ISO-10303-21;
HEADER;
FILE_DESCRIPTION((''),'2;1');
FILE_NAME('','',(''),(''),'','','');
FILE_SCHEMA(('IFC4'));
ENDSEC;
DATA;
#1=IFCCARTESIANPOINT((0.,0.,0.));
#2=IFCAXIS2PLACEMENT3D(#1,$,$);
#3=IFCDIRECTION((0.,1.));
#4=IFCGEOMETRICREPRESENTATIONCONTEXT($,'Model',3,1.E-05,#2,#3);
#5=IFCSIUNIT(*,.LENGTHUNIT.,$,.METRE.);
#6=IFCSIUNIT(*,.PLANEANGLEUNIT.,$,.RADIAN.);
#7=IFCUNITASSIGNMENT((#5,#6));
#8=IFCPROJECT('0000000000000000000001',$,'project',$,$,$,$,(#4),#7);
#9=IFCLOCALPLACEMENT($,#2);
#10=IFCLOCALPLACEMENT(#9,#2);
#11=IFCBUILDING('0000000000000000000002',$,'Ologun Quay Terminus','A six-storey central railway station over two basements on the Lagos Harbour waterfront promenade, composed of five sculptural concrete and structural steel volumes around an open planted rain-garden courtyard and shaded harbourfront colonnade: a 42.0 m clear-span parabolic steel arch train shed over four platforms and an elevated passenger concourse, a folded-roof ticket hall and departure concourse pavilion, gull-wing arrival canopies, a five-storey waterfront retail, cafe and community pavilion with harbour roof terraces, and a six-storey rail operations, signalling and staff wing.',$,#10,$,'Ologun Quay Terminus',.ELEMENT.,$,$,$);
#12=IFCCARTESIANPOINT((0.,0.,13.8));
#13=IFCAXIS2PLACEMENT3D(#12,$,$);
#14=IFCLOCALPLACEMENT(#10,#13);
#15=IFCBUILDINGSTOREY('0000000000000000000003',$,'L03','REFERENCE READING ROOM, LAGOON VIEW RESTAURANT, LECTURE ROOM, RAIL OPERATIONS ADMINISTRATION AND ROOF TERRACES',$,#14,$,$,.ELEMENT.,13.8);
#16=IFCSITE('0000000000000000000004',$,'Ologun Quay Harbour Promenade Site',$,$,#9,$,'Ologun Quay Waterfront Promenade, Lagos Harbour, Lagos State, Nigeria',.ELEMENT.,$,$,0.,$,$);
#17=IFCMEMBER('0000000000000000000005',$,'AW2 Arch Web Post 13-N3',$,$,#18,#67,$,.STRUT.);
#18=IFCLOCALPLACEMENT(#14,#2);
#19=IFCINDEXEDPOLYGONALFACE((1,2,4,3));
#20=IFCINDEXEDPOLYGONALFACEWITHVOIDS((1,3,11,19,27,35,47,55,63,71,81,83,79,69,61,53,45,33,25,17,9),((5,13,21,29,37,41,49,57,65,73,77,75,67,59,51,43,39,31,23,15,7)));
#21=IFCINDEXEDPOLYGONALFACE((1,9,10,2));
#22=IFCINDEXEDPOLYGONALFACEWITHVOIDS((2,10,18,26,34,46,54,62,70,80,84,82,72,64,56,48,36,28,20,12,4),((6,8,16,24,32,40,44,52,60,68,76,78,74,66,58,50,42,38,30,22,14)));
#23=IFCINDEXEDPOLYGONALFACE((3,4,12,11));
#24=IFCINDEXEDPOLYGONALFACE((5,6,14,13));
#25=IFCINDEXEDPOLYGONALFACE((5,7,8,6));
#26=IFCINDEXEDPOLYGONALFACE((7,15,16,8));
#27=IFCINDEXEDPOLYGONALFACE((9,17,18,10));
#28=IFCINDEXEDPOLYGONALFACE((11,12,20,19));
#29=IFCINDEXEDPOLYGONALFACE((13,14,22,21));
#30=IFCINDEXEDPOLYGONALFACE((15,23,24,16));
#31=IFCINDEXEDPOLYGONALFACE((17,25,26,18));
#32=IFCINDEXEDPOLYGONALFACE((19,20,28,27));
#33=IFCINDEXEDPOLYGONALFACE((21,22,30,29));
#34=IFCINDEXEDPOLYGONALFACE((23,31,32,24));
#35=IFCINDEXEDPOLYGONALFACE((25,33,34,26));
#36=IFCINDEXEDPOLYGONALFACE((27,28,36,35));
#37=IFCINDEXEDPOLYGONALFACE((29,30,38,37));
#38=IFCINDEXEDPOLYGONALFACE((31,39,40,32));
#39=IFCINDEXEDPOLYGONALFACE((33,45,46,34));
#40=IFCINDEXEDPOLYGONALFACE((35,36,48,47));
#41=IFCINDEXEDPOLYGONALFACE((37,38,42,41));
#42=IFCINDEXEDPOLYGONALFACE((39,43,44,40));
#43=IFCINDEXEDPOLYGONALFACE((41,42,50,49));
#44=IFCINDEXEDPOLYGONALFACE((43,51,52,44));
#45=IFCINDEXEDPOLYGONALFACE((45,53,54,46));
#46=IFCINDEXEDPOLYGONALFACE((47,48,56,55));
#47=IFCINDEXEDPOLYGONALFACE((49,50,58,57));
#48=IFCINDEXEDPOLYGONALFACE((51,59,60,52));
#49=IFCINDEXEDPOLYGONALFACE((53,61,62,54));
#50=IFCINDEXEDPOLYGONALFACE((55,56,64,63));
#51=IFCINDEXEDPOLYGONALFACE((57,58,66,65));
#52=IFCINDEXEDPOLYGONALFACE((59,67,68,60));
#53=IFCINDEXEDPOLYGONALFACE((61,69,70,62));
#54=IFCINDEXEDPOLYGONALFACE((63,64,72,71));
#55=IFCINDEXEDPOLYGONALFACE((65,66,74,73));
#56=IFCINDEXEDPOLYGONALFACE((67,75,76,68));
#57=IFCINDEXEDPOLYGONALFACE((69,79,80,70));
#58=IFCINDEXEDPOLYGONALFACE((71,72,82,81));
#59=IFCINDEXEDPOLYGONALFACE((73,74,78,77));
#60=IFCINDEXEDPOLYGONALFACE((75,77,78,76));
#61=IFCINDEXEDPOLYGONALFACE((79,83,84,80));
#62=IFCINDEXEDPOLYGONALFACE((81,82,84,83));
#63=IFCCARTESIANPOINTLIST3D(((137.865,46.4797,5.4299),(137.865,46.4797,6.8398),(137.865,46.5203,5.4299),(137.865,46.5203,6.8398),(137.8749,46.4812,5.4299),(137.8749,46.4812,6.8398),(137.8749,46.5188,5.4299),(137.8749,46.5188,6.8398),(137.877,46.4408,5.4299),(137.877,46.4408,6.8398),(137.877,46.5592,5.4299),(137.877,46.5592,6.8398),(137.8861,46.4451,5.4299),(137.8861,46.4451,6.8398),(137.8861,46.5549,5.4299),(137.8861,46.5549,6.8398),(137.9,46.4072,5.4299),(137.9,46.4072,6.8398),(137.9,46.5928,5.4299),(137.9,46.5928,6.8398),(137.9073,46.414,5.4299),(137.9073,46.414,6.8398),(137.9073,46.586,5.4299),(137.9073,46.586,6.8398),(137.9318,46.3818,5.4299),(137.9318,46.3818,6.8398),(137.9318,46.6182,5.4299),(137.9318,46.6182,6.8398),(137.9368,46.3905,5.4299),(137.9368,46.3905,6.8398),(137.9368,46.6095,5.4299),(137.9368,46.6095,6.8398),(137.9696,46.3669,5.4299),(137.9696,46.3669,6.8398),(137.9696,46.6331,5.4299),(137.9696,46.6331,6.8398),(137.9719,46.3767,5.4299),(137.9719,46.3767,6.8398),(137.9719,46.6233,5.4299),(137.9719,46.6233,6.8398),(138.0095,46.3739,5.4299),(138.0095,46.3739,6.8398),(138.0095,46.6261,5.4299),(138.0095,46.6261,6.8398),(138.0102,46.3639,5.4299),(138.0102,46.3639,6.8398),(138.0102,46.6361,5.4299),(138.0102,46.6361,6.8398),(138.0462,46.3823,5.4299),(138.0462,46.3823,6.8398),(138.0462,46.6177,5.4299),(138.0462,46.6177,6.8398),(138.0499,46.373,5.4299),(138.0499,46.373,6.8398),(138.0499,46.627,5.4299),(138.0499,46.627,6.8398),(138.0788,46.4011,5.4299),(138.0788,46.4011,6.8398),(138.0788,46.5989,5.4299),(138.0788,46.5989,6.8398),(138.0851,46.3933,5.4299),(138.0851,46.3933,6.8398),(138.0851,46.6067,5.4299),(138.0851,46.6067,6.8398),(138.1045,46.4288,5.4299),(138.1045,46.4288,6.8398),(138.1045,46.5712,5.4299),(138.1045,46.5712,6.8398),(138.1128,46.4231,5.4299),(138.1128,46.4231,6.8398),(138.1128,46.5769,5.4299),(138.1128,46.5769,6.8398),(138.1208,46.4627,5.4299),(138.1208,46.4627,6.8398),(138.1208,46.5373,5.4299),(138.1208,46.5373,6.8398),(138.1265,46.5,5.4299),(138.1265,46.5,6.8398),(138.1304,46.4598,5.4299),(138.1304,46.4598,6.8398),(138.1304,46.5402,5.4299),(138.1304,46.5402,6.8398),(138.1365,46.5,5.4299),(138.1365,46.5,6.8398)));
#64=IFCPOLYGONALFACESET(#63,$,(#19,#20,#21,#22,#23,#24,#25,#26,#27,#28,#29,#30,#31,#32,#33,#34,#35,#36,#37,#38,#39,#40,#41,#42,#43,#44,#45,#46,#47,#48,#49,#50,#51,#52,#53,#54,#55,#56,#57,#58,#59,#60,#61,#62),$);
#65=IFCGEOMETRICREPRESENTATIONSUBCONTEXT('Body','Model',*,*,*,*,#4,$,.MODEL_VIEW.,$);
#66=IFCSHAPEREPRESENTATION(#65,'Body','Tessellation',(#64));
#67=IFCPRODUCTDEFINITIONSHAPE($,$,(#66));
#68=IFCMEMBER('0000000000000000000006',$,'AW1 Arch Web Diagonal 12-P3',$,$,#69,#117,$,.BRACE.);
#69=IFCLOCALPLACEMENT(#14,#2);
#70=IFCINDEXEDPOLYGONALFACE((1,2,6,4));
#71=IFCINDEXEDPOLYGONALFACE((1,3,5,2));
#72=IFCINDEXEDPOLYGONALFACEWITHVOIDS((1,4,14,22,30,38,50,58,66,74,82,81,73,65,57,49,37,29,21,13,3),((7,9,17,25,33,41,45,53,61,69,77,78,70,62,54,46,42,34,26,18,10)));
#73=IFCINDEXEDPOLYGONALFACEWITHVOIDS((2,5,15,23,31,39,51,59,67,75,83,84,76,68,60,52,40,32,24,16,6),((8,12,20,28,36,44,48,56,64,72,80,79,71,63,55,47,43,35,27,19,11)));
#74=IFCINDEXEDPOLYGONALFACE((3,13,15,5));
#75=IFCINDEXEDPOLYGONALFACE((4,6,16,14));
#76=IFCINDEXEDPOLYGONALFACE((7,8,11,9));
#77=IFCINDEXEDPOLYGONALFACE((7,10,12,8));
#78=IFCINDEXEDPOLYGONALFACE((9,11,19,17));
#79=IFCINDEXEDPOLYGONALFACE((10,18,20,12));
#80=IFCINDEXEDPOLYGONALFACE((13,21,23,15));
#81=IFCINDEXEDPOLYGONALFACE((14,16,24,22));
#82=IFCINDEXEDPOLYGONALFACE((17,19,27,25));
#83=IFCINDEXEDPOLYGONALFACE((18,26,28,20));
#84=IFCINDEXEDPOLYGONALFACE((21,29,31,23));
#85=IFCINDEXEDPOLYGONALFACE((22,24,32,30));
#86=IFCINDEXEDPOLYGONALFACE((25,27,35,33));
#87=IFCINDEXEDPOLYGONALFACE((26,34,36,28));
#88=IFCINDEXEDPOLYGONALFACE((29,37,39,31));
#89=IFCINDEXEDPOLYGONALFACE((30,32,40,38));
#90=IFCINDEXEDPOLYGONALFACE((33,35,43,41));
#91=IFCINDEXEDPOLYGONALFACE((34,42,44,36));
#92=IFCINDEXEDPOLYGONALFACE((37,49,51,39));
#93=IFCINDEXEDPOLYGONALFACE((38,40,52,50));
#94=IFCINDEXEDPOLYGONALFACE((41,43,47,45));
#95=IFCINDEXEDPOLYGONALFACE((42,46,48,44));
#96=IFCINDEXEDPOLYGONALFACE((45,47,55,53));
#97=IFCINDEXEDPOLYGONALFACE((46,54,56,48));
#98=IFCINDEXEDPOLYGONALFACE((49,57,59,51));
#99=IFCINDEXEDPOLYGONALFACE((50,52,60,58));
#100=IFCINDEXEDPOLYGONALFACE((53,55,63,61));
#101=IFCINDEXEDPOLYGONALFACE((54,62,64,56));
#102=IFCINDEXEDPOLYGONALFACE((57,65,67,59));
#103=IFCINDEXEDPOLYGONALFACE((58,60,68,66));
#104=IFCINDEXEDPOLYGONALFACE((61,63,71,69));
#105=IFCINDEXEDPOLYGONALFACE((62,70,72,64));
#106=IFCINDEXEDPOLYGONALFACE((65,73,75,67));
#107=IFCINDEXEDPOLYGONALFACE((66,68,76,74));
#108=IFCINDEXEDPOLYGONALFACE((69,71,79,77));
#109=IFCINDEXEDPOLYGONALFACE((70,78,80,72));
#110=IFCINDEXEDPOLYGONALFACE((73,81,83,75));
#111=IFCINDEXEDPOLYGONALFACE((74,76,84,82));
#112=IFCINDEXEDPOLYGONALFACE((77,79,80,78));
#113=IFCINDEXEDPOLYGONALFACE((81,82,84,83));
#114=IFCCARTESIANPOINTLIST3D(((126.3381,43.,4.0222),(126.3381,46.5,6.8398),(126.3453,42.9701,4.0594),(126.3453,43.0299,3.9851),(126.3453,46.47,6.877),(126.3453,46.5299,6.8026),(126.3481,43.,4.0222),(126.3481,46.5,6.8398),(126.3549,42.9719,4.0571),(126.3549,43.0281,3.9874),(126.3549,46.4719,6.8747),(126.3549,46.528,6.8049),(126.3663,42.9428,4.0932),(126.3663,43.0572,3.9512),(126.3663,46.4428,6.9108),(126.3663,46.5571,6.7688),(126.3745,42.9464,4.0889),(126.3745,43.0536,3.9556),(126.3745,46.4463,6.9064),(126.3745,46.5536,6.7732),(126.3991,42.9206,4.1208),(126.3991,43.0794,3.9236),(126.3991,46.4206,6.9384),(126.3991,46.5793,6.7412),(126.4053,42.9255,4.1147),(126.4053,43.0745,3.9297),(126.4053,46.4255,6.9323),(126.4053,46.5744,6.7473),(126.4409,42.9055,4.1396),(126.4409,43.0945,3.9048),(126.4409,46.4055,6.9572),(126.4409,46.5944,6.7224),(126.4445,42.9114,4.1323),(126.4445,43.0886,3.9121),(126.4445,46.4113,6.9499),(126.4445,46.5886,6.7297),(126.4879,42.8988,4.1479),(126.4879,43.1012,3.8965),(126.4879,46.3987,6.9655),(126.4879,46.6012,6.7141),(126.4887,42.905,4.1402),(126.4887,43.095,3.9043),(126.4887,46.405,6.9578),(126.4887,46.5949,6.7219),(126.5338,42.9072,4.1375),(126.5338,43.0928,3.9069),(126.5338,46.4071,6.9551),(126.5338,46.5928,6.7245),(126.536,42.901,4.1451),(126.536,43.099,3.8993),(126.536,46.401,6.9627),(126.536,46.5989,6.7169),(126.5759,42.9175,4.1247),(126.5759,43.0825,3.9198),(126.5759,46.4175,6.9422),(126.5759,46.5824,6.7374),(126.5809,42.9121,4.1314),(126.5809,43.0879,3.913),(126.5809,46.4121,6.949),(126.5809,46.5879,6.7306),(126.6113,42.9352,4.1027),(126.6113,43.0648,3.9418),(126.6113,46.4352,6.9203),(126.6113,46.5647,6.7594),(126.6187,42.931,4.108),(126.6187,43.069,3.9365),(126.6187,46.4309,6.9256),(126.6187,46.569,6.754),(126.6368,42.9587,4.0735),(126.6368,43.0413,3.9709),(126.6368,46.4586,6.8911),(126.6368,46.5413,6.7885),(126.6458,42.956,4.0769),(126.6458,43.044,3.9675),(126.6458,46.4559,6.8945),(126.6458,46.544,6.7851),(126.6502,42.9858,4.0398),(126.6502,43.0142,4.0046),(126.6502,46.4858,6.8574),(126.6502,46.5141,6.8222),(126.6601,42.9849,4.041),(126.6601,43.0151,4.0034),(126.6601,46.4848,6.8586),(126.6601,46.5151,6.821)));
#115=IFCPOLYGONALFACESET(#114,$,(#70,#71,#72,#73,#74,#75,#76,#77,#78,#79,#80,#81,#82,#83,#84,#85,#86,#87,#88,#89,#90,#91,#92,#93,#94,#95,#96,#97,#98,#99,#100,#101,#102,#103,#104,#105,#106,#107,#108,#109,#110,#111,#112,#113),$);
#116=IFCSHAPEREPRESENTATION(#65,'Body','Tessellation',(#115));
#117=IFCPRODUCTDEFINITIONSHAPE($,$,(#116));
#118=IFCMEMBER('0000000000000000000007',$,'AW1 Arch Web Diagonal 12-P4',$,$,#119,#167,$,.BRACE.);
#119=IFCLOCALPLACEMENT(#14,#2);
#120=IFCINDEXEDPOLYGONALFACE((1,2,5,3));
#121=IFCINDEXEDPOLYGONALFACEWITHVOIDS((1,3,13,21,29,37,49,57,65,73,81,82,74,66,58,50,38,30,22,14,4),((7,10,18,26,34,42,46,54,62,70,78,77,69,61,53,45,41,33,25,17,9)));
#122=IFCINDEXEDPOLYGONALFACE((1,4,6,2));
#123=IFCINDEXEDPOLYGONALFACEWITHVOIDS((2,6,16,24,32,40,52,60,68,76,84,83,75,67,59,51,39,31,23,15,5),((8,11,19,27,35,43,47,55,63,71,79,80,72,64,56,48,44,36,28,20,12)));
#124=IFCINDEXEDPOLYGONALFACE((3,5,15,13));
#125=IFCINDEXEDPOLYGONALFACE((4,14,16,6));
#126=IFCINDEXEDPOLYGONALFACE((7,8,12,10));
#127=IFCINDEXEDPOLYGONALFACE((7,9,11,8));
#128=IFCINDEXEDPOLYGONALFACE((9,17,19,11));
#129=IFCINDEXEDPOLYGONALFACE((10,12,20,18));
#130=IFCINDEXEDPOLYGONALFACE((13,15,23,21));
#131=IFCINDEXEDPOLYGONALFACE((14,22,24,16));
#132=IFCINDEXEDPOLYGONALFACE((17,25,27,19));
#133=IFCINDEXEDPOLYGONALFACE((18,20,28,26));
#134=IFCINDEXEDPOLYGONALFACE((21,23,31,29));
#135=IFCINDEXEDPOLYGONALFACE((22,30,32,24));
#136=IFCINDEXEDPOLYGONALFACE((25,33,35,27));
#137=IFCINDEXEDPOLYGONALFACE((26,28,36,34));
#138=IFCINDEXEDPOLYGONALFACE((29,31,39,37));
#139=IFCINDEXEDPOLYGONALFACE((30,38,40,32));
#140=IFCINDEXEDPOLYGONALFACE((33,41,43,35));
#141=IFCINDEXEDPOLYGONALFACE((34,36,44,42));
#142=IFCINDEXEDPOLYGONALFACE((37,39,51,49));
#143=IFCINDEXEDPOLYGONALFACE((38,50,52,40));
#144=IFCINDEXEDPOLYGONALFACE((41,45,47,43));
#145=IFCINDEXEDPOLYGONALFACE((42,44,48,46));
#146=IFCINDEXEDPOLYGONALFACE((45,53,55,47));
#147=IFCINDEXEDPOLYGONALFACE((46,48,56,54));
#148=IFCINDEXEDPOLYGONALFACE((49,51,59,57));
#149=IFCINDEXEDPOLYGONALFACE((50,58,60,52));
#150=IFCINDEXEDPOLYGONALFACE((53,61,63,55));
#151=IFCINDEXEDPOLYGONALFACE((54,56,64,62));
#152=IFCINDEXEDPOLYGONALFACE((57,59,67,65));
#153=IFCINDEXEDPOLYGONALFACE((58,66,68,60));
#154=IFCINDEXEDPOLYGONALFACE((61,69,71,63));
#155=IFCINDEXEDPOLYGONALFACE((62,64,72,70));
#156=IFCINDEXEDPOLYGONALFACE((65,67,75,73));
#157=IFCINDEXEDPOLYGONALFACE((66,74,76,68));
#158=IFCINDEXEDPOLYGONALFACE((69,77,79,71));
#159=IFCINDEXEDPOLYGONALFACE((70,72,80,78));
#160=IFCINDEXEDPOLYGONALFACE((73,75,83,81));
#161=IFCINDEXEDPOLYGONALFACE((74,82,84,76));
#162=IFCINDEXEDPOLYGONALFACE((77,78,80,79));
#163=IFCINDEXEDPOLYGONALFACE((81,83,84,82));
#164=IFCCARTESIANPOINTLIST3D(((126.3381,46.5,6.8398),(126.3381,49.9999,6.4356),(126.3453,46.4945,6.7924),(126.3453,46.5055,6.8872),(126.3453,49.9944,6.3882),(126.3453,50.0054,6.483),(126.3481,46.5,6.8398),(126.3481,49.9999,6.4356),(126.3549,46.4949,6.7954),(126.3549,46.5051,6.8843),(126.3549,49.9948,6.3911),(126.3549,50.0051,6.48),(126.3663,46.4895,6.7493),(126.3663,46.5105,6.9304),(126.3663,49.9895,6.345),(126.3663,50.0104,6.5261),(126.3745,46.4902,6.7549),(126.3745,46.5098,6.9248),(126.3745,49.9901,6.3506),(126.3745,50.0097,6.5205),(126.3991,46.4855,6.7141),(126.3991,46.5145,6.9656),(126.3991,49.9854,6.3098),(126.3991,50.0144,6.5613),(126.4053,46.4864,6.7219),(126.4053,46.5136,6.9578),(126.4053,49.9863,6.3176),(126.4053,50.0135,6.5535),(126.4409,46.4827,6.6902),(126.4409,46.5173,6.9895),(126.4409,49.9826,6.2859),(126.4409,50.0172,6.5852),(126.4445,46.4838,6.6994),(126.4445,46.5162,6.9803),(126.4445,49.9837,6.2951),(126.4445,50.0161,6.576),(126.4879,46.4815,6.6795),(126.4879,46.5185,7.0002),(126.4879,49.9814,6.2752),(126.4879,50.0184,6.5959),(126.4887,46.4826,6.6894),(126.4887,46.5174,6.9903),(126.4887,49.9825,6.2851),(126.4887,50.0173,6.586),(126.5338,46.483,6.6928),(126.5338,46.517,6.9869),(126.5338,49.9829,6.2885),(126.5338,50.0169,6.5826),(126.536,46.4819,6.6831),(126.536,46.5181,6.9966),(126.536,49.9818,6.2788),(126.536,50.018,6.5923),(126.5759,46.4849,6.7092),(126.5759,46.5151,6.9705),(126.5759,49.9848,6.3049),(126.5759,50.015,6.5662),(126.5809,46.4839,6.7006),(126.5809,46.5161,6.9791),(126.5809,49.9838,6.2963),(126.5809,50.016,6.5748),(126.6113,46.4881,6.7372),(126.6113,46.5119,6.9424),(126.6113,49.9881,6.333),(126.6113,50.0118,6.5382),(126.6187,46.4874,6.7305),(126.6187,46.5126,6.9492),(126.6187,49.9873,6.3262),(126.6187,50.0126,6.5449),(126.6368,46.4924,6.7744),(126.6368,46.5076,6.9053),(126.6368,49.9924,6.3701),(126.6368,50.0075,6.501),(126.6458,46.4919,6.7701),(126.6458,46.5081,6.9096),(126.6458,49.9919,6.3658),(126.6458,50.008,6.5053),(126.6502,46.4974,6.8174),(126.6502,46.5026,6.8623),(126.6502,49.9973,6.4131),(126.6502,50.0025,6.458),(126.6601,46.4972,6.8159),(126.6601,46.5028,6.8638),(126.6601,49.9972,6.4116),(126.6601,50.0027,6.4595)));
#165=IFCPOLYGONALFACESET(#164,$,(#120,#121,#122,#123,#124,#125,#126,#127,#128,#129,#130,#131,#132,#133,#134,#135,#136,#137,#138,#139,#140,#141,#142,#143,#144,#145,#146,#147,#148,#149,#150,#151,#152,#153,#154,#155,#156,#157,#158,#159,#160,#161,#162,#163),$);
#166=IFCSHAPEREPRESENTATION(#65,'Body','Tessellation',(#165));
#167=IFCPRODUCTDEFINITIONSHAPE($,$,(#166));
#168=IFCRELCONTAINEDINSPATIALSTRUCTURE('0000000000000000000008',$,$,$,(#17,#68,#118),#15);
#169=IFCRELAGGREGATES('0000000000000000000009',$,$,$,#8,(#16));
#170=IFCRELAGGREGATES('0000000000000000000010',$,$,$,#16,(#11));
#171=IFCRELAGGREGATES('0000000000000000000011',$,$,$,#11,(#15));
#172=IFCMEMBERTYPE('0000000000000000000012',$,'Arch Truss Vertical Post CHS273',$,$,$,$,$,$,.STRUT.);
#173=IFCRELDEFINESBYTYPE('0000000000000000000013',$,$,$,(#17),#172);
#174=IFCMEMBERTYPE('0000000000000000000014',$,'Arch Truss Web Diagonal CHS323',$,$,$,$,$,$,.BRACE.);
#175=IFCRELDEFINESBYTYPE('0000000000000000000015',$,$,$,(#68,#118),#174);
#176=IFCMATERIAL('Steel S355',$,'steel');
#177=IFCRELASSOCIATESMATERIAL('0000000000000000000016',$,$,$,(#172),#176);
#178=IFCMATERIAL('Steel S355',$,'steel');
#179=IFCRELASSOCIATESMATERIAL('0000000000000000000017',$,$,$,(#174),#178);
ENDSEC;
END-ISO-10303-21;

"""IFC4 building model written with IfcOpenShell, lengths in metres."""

from ifc_helpers import new_model, si_unit, direction, frame, origin, origin_2d, place, context, subcontext, project, spatial, hollow_circle, extrude, material, material_profile, profile_set, type_object, element, save


model = new_model("IFC4")

# Units and contexts
model_context = context("Model", 3, precision=1e-05, world=origin(), true_north=direction((0.0, 1.0)))
body_context = subcontext(model_context, "Body", "Model", "MODEL_VIEW")
ifc_project = project(units=[si_unit("LENGTHUNIT", "METRE"), si_unit("PLANEANGLEUNIT", "RADIAN")], contexts=[model_context])

# Site, building, storey
site_placement = place(None, origin())
site = spatial("IfcSite", under=ifc_project, at=site_placement, Name="Ologun Quay Harbour Promenade Site", LongName="Ologun Quay Waterfront Promenade, Lagos Harbour, Lagos State, Nigeria", CompositionType="ELEMENT", RefElevation=0.0)
building_placement = place(site_placement, origin())
building = spatial("IfcBuilding", under=site, at=building_placement, Name="Ologun Quay Terminus", Description="A six-storey central railway station over two basements on the Lagos Harbour waterfront promenade, composed of five sculptural concrete and structural steel volumes around an open planted rain-garden courtyard and shaded harbourfront colonnade: a 42.0 m clear-span parabolic steel arch train shed over four platforms and an elevated passenger concourse, a folded-roof ticket hall and departure concourse pavilion, gull-wing arrival canopies, a five-storey waterfront retail, cafe and community pavilion with harbour roof terraces, and a six-storey rail operations, signalling and staff wing.", LongName="Ologun Quay Terminus", CompositionType="ELEMENT")
storey_placement = place(building_placement, frame((0.0, 0.0, 13.8)))
storey = spatial("IfcBuildingStorey", under=building, at=storey_placement, Name="L03", Description="REFERENCE READING ROOM, LAGOON VIEW RESTAURANT, LECTURE ROOM, RAIL OPERATIONS ADMINISTRATION AND ROOF TERRACES", CompositionType="ELEMENT", Elevation=13.8)

# Members
ifc_material_1 = material(Name="Steel S355", Category="steel")
ifc_material_profile_1 = material_profile(ifc_material_1, hollow_circle(Radius=0.1365, WallThickness=0.01, at=origin_2d()), Name="CHS 273x10")
ifc_profile_set_1 = profile_set([ifc_material_profile_1], Name="Steel S355")
member_type_1 = type_object("IfcMemberType", Name="Arch Truss Vertical Post CHS273", PredefinedType="STRUT", material=ifc_profile_set_1)
member_1_placement = place(storey_placement, frame((138.0, 46.5, 5.4299), z_axis=(0.0, 0.0, 1.0), x_axis=(1.0, 0.0, 0.0)))
element("IfcMember", 1, at=member_1_placement, inside=storey, type_object=member_type_1, Name="AW2 Arch Web Post 13-N3", PredefinedType="STRUT", context=body_context, shape_type="SweptSolid", body=[
    extrude(hollow_circle(Radius=0.1365, WallThickness=0.01, at=origin_2d()), origin(), (0.0, 0.0, 1.0), 1.4099),
])
ifc_material_2 = material(Name="Steel S355", Category="steel")
ifc_material_profile_2 = material_profile(ifc_material_2, hollow_circle(Radius=0.1619, WallThickness=0.01, at=origin_2d()), Name="CHS 323.9x10")
ifc_profile_set_2 = profile_set([ifc_material_profile_2], Name="Steel S355")
member_type_2 = type_object("IfcMemberType", Name="Arch Truss Web Diagonal CHS323", PredefinedType="BRACE", material=ifc_profile_set_2)
member_2_placement = place(storey_placement, frame((126.5, 43.0, 4.0222), z_axis=(0.0, 0.778951, 0.627084), x_axis=(-1.0, 0.0, 0.0)))
element("IfcMember", 2, at=member_2_placement, inside=storey, type_object=member_type_2, Name="AW1 Arch Web Diagonal 12-P3", PredefinedType="BRACE", context=body_context, shape_type="SweptSolid", body=[
    extrude(hollow_circle(Radius=0.1619, WallThickness=0.01, at=origin_2d()), origin(), (0.0, 0.0, 1.0), 4.4932),
])
member_3_placement = place(storey_placement, frame((126.5, 46.5, 6.8398), z_axis=(0.0, 0.993394, -0.11475), x_axis=(-1.0, 0.0, 0.0)))
element("IfcMember", 3, at=member_3_placement, inside=storey, type_object=member_type_2, Name="AW1 Arch Web Diagonal 12-P4", PredefinedType="BRACE", context=body_context, shape_type="SweptSolid", body=[
    extrude(hollow_circle(Radius=0.1619, WallThickness=0.01, at=origin_2d()), origin(), (0.0, 0.0, 1.0), 3.5232),
])

save(model, "model.ifc")
